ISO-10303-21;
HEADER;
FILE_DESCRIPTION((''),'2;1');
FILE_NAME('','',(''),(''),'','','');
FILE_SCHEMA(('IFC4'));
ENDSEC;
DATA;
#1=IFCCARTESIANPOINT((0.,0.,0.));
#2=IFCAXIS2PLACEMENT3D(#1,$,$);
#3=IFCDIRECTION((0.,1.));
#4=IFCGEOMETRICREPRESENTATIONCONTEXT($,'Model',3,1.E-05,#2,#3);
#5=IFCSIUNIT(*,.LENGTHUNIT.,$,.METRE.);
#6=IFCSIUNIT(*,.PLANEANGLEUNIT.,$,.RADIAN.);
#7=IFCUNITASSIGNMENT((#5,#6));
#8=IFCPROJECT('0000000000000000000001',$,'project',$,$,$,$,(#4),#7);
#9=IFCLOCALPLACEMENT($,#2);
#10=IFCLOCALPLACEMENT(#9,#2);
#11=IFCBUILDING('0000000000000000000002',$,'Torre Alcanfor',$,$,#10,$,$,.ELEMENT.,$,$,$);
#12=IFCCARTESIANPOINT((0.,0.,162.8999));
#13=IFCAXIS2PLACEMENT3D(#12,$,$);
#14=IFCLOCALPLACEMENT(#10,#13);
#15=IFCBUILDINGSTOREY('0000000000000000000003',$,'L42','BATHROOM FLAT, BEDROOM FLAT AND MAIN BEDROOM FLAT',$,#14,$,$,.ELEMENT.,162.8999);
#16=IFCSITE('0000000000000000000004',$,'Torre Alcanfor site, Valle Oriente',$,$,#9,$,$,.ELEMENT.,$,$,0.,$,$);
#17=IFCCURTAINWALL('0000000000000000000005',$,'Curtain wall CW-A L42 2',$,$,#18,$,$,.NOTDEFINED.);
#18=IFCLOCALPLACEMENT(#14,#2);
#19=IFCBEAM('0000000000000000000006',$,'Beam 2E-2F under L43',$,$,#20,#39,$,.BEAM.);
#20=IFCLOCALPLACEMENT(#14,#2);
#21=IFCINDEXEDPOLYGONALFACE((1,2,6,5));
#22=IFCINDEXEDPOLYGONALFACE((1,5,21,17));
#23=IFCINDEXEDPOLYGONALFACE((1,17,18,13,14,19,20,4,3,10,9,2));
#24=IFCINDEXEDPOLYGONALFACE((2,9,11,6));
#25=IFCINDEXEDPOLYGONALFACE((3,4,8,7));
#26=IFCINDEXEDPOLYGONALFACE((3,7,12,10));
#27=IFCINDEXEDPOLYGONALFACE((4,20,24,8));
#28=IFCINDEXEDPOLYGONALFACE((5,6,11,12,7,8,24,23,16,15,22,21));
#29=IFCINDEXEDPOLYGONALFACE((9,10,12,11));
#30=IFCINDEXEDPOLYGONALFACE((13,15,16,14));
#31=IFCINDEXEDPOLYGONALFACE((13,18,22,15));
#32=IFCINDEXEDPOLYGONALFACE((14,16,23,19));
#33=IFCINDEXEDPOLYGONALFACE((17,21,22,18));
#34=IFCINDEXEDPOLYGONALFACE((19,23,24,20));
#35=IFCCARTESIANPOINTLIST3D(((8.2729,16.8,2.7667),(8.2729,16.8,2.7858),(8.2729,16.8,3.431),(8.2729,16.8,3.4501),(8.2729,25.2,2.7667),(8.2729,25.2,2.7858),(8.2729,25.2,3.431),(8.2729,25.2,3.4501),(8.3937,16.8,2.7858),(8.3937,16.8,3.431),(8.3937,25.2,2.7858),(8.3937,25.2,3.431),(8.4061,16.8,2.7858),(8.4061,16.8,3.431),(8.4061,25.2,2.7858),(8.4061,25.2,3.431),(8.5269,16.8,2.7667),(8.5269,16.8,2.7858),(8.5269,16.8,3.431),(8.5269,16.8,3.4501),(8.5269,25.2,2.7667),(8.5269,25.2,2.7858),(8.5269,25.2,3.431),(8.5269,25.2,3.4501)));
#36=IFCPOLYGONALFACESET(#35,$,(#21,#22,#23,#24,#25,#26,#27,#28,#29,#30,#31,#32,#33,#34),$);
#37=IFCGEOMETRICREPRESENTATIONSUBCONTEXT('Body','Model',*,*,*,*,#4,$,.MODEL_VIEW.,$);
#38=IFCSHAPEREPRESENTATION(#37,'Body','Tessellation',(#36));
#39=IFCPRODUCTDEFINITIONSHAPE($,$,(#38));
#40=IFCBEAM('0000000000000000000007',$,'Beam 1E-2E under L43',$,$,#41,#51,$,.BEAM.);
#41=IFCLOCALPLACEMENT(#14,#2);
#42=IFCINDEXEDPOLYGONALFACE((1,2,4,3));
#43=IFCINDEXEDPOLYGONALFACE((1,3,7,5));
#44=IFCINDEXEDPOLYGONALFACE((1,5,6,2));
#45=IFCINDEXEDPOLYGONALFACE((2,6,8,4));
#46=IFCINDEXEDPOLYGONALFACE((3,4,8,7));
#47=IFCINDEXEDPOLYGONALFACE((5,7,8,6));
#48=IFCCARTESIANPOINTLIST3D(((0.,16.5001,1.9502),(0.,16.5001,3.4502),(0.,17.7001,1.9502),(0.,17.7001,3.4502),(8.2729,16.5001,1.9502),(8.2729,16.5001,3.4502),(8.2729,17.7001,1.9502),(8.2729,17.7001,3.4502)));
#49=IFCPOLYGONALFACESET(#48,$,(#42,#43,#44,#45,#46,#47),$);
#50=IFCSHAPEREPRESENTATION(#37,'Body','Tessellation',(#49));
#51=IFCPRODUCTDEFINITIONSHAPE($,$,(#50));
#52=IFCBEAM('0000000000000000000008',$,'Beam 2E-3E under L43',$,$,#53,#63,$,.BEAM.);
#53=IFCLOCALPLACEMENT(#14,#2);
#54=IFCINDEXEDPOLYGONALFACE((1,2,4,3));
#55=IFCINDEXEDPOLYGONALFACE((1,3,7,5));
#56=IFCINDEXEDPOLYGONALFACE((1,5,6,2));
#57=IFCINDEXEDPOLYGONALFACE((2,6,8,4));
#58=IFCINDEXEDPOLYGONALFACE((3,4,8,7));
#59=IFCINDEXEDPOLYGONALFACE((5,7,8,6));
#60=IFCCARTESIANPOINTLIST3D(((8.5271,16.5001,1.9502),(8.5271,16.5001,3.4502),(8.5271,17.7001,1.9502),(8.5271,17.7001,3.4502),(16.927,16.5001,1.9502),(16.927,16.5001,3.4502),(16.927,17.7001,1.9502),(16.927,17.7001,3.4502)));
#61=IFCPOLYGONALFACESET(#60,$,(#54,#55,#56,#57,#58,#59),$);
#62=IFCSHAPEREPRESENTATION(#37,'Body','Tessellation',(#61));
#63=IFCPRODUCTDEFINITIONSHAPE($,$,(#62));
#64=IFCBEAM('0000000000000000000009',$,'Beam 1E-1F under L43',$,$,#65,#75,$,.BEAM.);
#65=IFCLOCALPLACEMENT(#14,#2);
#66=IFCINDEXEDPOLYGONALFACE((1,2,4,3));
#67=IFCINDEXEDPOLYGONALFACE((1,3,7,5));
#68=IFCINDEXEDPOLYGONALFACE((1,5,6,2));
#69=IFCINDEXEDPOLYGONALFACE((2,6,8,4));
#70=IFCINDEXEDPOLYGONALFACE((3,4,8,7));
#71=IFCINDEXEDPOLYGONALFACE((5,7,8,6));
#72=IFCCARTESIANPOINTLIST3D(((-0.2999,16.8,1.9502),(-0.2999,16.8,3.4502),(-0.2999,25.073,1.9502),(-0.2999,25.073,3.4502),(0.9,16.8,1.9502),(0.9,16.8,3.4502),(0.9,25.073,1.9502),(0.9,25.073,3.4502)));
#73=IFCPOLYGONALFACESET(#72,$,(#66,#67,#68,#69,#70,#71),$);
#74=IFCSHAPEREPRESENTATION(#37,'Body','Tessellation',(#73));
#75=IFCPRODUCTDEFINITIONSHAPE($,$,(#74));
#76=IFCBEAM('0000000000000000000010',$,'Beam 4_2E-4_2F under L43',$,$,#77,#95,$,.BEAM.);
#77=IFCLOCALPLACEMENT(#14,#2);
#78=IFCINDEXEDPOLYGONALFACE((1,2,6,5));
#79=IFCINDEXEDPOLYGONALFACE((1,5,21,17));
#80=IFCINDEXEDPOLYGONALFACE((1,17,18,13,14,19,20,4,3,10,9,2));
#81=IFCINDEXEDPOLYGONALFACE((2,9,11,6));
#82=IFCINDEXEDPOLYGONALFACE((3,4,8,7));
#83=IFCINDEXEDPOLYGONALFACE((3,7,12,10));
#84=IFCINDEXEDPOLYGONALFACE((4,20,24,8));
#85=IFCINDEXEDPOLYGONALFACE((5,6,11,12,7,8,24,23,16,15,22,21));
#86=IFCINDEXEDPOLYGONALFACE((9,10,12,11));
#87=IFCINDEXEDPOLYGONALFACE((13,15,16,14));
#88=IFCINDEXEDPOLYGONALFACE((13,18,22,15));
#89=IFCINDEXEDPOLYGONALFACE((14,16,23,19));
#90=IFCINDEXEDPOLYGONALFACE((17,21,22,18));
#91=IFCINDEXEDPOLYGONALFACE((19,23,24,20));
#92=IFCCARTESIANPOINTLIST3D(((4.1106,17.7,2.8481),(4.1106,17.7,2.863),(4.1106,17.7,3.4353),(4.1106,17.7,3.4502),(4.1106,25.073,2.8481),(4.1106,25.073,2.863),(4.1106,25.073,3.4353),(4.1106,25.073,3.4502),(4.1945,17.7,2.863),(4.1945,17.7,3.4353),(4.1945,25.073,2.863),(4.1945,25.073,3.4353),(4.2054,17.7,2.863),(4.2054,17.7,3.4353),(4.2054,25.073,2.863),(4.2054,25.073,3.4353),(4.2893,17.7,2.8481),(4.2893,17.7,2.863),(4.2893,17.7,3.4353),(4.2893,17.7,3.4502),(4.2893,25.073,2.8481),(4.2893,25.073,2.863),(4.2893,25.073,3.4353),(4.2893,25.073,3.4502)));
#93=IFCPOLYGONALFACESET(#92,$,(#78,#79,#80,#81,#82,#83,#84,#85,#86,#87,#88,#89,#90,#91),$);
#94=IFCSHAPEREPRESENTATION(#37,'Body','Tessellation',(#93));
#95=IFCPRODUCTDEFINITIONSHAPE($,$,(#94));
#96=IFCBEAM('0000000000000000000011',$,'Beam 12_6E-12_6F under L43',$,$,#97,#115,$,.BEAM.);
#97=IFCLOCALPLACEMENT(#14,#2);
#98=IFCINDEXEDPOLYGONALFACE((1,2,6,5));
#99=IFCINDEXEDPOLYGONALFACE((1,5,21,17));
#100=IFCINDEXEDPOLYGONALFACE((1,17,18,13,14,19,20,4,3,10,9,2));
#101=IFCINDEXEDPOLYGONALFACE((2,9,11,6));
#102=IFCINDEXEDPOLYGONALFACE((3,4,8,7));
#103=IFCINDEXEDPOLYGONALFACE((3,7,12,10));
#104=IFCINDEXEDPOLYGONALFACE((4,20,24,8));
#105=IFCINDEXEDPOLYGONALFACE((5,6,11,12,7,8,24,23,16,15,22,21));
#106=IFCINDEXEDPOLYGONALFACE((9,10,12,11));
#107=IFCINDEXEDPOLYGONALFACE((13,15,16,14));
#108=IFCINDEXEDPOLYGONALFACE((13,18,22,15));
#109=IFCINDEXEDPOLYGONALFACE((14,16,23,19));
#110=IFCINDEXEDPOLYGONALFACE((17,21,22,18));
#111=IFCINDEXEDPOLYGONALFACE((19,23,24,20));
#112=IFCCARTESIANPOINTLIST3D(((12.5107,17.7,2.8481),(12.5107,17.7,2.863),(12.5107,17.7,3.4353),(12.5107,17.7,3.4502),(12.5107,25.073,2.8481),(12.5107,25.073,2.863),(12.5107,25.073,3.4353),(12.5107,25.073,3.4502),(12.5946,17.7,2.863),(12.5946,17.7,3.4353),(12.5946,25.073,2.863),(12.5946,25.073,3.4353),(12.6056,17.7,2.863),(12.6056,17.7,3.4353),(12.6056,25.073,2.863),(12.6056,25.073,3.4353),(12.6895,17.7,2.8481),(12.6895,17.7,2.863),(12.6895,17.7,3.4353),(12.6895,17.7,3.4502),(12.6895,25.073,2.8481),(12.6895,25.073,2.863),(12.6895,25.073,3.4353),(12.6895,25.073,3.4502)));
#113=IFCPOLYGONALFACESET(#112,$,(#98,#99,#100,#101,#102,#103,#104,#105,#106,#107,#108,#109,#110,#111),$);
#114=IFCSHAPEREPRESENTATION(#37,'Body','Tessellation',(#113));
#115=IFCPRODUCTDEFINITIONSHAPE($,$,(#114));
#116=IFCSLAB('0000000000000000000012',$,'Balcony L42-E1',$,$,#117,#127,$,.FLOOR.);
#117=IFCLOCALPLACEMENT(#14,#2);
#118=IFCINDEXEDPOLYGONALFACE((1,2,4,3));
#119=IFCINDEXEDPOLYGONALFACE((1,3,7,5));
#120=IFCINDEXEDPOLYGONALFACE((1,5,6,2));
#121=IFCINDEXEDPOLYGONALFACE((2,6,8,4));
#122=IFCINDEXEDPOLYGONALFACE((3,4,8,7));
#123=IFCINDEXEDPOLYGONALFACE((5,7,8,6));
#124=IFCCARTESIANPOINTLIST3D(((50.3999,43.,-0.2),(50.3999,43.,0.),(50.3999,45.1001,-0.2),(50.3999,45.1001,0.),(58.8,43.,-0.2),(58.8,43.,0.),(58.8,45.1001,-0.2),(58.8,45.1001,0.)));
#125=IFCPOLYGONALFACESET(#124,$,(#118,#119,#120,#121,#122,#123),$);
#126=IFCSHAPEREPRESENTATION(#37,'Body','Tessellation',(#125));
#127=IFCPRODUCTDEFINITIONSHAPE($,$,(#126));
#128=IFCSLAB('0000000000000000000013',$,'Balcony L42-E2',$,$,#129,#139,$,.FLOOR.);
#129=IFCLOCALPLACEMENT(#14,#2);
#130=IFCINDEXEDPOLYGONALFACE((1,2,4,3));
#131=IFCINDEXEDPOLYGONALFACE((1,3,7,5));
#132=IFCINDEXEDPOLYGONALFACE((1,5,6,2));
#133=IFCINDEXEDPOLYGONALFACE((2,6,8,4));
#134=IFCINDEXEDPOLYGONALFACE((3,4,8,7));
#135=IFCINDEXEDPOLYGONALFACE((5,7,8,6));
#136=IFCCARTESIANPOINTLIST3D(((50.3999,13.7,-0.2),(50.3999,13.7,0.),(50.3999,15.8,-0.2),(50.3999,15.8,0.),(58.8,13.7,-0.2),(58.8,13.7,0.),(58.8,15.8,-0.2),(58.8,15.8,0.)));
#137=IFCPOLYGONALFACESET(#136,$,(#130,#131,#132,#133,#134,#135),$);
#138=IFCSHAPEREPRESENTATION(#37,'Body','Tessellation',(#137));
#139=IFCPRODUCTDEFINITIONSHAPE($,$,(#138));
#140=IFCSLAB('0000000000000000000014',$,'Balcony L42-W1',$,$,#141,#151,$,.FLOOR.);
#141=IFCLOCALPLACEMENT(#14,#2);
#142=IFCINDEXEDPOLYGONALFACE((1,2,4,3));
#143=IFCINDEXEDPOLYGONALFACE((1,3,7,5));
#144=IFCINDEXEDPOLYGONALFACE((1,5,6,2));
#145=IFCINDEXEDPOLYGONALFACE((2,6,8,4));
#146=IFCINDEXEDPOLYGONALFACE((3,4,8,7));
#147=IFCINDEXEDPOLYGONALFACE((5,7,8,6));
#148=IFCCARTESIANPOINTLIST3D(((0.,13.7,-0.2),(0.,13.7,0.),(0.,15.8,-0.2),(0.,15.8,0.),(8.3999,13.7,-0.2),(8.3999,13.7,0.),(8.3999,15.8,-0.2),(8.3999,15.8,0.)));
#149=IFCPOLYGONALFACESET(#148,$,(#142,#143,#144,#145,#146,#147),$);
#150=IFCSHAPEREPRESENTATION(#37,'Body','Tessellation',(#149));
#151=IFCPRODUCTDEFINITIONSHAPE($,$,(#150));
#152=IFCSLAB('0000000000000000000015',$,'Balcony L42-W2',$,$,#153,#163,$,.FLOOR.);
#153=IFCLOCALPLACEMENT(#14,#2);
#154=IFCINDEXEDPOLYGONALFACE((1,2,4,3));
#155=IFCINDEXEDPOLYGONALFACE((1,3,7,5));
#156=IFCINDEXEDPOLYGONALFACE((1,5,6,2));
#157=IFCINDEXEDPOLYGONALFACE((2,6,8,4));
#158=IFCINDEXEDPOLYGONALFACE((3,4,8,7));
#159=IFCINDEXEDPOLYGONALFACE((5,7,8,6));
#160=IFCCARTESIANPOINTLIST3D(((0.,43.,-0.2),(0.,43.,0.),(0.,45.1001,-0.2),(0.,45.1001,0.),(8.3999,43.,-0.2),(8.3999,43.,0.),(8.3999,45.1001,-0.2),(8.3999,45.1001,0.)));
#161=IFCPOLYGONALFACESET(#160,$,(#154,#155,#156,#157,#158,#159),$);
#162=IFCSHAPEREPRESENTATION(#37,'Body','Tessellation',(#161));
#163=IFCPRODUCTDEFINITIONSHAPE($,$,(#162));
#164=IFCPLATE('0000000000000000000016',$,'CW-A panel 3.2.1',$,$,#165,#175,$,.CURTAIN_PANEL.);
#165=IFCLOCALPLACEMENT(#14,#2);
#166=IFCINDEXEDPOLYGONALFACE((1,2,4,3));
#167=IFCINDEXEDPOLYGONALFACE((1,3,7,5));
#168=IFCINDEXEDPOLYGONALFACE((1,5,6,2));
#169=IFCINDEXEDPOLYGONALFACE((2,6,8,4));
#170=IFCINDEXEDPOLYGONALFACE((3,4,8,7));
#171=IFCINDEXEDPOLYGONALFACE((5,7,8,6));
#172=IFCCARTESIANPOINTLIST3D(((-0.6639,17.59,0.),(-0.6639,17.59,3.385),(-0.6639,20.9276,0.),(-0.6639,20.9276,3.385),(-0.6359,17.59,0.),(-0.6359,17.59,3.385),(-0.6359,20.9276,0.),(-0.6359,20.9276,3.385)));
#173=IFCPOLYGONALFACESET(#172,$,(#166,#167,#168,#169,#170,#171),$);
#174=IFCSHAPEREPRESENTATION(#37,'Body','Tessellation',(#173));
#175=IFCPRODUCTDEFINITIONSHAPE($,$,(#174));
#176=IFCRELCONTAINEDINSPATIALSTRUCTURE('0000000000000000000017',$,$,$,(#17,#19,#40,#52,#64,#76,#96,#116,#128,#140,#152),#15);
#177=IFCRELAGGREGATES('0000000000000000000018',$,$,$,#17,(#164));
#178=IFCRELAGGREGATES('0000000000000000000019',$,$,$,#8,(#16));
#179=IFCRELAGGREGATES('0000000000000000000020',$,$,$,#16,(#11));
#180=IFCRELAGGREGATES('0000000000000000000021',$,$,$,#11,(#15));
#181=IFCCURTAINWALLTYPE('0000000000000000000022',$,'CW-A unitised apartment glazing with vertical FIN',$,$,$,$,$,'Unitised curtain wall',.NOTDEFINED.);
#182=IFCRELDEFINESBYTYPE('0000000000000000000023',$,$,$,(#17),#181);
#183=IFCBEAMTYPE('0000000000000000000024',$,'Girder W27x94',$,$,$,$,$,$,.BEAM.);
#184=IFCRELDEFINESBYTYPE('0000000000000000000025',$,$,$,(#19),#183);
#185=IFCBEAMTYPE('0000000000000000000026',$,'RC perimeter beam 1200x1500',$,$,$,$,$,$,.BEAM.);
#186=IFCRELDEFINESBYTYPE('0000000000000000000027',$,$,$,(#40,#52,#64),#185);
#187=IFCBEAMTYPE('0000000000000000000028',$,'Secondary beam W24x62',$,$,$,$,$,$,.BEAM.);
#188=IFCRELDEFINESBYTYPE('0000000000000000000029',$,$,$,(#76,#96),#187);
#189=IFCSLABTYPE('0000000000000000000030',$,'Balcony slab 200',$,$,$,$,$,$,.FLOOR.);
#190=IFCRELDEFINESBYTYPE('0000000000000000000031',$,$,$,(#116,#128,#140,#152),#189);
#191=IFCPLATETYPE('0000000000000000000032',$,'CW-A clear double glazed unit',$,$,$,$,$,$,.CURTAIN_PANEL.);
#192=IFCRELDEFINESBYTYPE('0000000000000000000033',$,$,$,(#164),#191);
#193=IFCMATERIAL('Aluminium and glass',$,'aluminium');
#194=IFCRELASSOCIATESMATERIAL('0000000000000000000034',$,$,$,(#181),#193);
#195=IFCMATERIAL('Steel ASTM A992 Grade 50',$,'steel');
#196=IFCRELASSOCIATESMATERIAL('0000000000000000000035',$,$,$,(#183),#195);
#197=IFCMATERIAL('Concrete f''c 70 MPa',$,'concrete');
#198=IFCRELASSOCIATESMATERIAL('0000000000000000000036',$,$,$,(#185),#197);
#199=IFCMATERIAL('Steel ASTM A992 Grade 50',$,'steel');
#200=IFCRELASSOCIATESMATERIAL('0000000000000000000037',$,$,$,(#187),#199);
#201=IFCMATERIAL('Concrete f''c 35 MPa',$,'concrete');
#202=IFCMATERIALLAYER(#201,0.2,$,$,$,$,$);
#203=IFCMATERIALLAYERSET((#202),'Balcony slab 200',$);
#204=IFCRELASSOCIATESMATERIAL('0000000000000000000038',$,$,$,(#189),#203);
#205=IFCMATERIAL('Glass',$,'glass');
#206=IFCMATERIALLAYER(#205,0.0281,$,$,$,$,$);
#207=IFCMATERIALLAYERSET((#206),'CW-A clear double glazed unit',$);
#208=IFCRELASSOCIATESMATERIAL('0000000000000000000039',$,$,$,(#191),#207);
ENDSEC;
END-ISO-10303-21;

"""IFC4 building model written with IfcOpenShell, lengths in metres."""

from ifc_helpers import new_model, si_unit, direction, frame, origin, origin_2d, place, context, subcontext, project, spatial, polyline, rectangle, i_section, outline, extrude, material, layer, layer_set, material_profile, profile_set, type_object, element, aggregate, save


model = new_model("IFC4")

# Units and contexts
model_context = context("Model", 3, precision=1e-05, world=origin(), true_north=direction((0.0, 1.0)))
body_context = subcontext(model_context, "Body", "Model", "MODEL_VIEW")
ifc_project = project(units=[si_unit("LENGTHUNIT", "METRE"), si_unit("PLANEANGLEUNIT", "RADIAN")], contexts=[model_context])

# Site, building, storey
site_placement = place(None, origin())
site = spatial("IfcSite", under=ifc_project, at=site_placement, Name="Torre Alcanfor site, Valle Oriente", CompositionType="ELEMENT", RefElevation=0.0)
building_placement = place(site_placement, origin())
building = spatial("IfcBuilding", under=site, at=building_placement, Name="Torre Alcanfor", CompositionType="ELEMENT")
storey_placement = place(building_placement, frame((0.0, 0.0, 162.8999)))
storey = spatial("IfcBuildingStorey", under=building, at=storey_placement, Name="L42", Description="BATHROOM FLAT, BEDROOM FLAT AND MAIN BEDROOM FLAT", CompositionType="ELEMENT", Elevation=162.8999)

# Curtain wall
ifc_material_1 = material(Name="Aluminium and glass", Category="aluminium")
curtain_wall_type = type_object("IfcCurtainWallType", Name="CW-A unitised apartment glazing with vertical FIN", ElementType="Unitised curtain wall", PredefinedType="NOTDEFINED", material=ifc_material_1)
curtain_wall_placement = place(storey_placement, origin())
curtain_wall = element("IfcCurtainWall", 1, at=curtain_wall_placement, inside=storey, type_object=curtain_wall_type, Name="Curtain wall CW-A L42 2", PredefinedType="NOTDEFINED")

# Beams
ifc_material_2 = material(Name="Steel ASTM A992 Grade 50", Category="steel")
ifc_material_profile_1 = material_profile(ifc_material_2, i_section(OverallWidth=0.2539, OverallDepth=0.6833, WebThickness=0.0125, FlangeThickness=0.019, at=origin_2d()), Name="W27x94")
ifc_profile_set_1 = profile_set([ifc_material_profile_1], Name="Steel ASTM A992 Grade 50")
beam_type_1 = type_object("IfcBeamType", Name="Girder W27x94", PredefinedType="BEAM", material=ifc_profile_set_1)
beam_1_placement = place(storey_placement, frame((8.3999, 16.8, 3.1084), z_axis=(0.0, 1.0, 0.0), x_axis=(-1.0, 0.0, 0.0)))
element("IfcBeam", 2, at=beam_1_placement, inside=storey, type_object=beam_type_1, Name="Beam 2E-2F under L43", PredefinedType="BEAM", context=body_context, shape_type="SweptSolid", body=[
    extrude(i_section(OverallWidth=0.2539, OverallDepth=0.6833, WebThickness=0.0125, FlangeThickness=0.019, at=origin_2d()), origin(), (0.0, 0.0, 1.0), 8.3999),
])
ifc_material_3 = material(Name="Concrete f'c 70 MPa", Category="concrete")
ifc_material_profile_2 = material_profile(ifc_material_3, rectangle(XDim=1.2, YDim=1.5, at=origin_2d()), Name="1200x1500")
ifc_profile_set_2 = profile_set([ifc_material_profile_2], Name="Concrete f'c 70 MPa")
beam_type_2 = type_object("IfcBeamType", Name="RC perimeter beam 1200x1500", PredefinedType="BEAM", material=ifc_profile_set_2)
beam_2_placement = place(storey_placement, frame((0.0, 17.1001, 2.7002), z_axis=(1.0, 0.0, 0.0), x_axis=(0.0, 1.0, 0.0)))
element("IfcBeam", 3, at=beam_2_placement, inside=storey, type_object=beam_type_2, Name="Beam 1E-2E under L43", PredefinedType="BEAM", context=body_context, shape_type="SweptSolid", body=[
    extrude(rectangle(XDim=1.2, YDim=1.5, at=origin_2d()), origin(), (0.0, 0.0, 1.0), 8.2729),
])
beam_3_placement = place(storey_placement, frame((8.5271, 17.1001, 2.7002), z_axis=(1.0, 0.0, 0.0), x_axis=(0.0, 1.0, 0.0)))
element("IfcBeam", 4, at=beam_3_placement, inside=storey, type_object=beam_type_2, Name="Beam 2E-3E under L43", PredefinedType="BEAM", context=body_context, shape_type="SweptSolid", body=[
    extrude(rectangle(XDim=1.2, YDim=1.5, at=origin_2d()), origin(), (0.0, 0.0, 1.0), 8.3999),
])
beam_4_placement = place(storey_placement, frame((0.3, 16.8, 2.7002), z_axis=(0.0, 1.0, 0.0), x_axis=(-1.0, 0.0, 0.0)))
element("IfcBeam", 5, at=beam_4_placement, inside=storey, type_object=beam_type_2, Name="Beam 1E-1F under L43", PredefinedType="BEAM", context=body_context, shape_type="SweptSolid", body=[
    extrude(rectangle(XDim=1.2, YDim=1.5, at=origin_2d()), origin(), (0.0, 0.0, 1.0), 8.2729),
])
ifc_material_4 = material(Name="Steel ASTM A992 Grade 50", Category="steel")
ifc_material_profile_3 = material_profile(ifc_material_4, i_section(OverallWidth=0.1787, OverallDepth=0.6021, WebThickness=0.011, FlangeThickness=0.0149, at=origin_2d()), Name="W24x62")
ifc_profile_set_3 = profile_set([ifc_material_profile_3], Name="Steel ASTM A992 Grade 50")
beam_type_3 = type_object("IfcBeamType", Name="Secondary beam W24x62", PredefinedType="BEAM", material=ifc_profile_set_3)
for number, where, z_axis, x_axis, name in (
    (6, (4.2, 17.7, 3.1492), (0.0, 1.0, 0.0), (-1.0, 0.0, 0.0), "Beam 4_2E-4_2F under L43"),
    (7, (12.6001, 17.7, 3.1492), (0.0, 1.0, 0.0), (-1.0, 0.0, 0.0), "Beam 12_6E-12_6F under L43"),
):
    element("IfcBeam", number, at=place(storey_placement, frame(where, z_axis=z_axis, x_axis=x_axis)), inside=storey, type_object=beam_type_3, Name=name, PredefinedType="BEAM", context=body_context, shape_type="SweptSolid", body=[
        extrude(i_section(OverallWidth=0.1787, OverallDepth=0.6021, WebThickness=0.011, FlangeThickness=0.0149, at=origin_2d()), origin(), (0.0, 0.0, 1.0), 7.373),
    ])

# Slabs
ifc_material_5 = material(Name="Concrete f'c 35 MPa", Category="concrete")
ifc_layer_1 = layer(ifc_material_5, 0.2)
ifc_layer_set_1 = layer_set([ifc_layer_1], Name="Balcony slab 200")
slab_type_1 = type_object("IfcSlabType", Name="Balcony slab 200", PredefinedType="FLOOR", material=ifc_layer_set_1)
slab_1_placement = place(storey_placement, frame((0.0, 0.0, -0.2)))
element("IfcSlab", 8, at=slab_1_placement, inside=storey, type_object=slab_type_1, Name="Balcony L42-E1", PredefinedType="FLOOR", context=body_context, shape_type="SweptSolid", body=[
    extrude(outline(polyline([(50.3999, 43.0), (58.8, 43.0), (58.8, 45.1001), (50.3999, 45.1001), (50.3999, 43.0)])), origin(), (0.0, 0.0, 1.0), 0.2),
])
slab_2_placement = place(storey_placement, frame((0.0, 0.0, -0.2)))
element("IfcSlab", 9, at=slab_2_placement, inside=storey, type_object=slab_type_1, Name="Balcony L42-E2", PredefinedType="FLOOR", context=body_context, shape_type="SweptSolid", body=[
    extrude(outline(polyline([(50.3999, 13.7), (58.8, 13.7), (58.8, 15.8), (50.3999, 15.8), (50.3999, 13.7)])), origin(), (0.0, 0.0, 1.0), 0.2),
])
slab_3_placement = place(storey_placement, frame((0.0, 0.0, -0.2)))
element("IfcSlab", 10, at=slab_3_placement, inside=storey, type_object=slab_type_1, Name="Balcony L42-W1", PredefinedType="FLOOR", context=body_context, shape_type="SweptSolid", body=[
    extrude(outline(polyline([(8.3999, 15.8), (0.0, 15.8), (0.0, 13.7), (8.3999, 13.7), (8.3999, 15.8)])), origin(), (0.0, 0.0, 1.0), 0.2),
])
slab_4_placement = place(storey_placement, frame((0.0, 0.0, -0.2)))
element("IfcSlab", 11, at=slab_4_placement, inside=storey, type_object=slab_type_1, Name="Balcony L42-W2", PredefinedType="FLOOR", context=body_context, shape_type="SweptSolid", body=[
    extrude(outline(polyline([(8.3999, 45.1001), (0.0, 45.1001), (0.0, 43.0), (8.3999, 43.0), (8.3999, 45.1001)])), origin(), (0.0, 0.0, 1.0), 0.2),
])

# Plate
ifc_material_6 = material(Name="Glass", Category="glass")
ifc_layer_2 = layer(ifc_material_6, 0.0281)
ifc_layer_set_2 = layer_set([ifc_layer_2], Name="CW-A clear double glazed unit")
plate_type = type_object("IfcPlateType", Name="CW-A clear double glazed unit", PredefinedType="CURTAIN_PANEL", material=ifc_layer_set_2)
plate_placement = place(storey_placement, frame((-0.6499, 19.2588, 0.0), z_axis=(0.0, 0.0, 1.0), x_axis=(0.0, -1.0, 0.0)))
plate = element("IfcPlate", 12, at=plate_placement, type_object=plate_type, Name="CW-A panel 3.2.1", PredefinedType="CURTAIN_PANEL", context=body_context, shape_type="SweptSolid", body=[
    extrude(rectangle(XDim=3.3376, YDim=0.0281, at=origin_2d()), origin(), (0.0, 0.0, 1.0), 3.385),
])
aggregate(curtain_wall, [plate])

save(model, "model.ifc")
